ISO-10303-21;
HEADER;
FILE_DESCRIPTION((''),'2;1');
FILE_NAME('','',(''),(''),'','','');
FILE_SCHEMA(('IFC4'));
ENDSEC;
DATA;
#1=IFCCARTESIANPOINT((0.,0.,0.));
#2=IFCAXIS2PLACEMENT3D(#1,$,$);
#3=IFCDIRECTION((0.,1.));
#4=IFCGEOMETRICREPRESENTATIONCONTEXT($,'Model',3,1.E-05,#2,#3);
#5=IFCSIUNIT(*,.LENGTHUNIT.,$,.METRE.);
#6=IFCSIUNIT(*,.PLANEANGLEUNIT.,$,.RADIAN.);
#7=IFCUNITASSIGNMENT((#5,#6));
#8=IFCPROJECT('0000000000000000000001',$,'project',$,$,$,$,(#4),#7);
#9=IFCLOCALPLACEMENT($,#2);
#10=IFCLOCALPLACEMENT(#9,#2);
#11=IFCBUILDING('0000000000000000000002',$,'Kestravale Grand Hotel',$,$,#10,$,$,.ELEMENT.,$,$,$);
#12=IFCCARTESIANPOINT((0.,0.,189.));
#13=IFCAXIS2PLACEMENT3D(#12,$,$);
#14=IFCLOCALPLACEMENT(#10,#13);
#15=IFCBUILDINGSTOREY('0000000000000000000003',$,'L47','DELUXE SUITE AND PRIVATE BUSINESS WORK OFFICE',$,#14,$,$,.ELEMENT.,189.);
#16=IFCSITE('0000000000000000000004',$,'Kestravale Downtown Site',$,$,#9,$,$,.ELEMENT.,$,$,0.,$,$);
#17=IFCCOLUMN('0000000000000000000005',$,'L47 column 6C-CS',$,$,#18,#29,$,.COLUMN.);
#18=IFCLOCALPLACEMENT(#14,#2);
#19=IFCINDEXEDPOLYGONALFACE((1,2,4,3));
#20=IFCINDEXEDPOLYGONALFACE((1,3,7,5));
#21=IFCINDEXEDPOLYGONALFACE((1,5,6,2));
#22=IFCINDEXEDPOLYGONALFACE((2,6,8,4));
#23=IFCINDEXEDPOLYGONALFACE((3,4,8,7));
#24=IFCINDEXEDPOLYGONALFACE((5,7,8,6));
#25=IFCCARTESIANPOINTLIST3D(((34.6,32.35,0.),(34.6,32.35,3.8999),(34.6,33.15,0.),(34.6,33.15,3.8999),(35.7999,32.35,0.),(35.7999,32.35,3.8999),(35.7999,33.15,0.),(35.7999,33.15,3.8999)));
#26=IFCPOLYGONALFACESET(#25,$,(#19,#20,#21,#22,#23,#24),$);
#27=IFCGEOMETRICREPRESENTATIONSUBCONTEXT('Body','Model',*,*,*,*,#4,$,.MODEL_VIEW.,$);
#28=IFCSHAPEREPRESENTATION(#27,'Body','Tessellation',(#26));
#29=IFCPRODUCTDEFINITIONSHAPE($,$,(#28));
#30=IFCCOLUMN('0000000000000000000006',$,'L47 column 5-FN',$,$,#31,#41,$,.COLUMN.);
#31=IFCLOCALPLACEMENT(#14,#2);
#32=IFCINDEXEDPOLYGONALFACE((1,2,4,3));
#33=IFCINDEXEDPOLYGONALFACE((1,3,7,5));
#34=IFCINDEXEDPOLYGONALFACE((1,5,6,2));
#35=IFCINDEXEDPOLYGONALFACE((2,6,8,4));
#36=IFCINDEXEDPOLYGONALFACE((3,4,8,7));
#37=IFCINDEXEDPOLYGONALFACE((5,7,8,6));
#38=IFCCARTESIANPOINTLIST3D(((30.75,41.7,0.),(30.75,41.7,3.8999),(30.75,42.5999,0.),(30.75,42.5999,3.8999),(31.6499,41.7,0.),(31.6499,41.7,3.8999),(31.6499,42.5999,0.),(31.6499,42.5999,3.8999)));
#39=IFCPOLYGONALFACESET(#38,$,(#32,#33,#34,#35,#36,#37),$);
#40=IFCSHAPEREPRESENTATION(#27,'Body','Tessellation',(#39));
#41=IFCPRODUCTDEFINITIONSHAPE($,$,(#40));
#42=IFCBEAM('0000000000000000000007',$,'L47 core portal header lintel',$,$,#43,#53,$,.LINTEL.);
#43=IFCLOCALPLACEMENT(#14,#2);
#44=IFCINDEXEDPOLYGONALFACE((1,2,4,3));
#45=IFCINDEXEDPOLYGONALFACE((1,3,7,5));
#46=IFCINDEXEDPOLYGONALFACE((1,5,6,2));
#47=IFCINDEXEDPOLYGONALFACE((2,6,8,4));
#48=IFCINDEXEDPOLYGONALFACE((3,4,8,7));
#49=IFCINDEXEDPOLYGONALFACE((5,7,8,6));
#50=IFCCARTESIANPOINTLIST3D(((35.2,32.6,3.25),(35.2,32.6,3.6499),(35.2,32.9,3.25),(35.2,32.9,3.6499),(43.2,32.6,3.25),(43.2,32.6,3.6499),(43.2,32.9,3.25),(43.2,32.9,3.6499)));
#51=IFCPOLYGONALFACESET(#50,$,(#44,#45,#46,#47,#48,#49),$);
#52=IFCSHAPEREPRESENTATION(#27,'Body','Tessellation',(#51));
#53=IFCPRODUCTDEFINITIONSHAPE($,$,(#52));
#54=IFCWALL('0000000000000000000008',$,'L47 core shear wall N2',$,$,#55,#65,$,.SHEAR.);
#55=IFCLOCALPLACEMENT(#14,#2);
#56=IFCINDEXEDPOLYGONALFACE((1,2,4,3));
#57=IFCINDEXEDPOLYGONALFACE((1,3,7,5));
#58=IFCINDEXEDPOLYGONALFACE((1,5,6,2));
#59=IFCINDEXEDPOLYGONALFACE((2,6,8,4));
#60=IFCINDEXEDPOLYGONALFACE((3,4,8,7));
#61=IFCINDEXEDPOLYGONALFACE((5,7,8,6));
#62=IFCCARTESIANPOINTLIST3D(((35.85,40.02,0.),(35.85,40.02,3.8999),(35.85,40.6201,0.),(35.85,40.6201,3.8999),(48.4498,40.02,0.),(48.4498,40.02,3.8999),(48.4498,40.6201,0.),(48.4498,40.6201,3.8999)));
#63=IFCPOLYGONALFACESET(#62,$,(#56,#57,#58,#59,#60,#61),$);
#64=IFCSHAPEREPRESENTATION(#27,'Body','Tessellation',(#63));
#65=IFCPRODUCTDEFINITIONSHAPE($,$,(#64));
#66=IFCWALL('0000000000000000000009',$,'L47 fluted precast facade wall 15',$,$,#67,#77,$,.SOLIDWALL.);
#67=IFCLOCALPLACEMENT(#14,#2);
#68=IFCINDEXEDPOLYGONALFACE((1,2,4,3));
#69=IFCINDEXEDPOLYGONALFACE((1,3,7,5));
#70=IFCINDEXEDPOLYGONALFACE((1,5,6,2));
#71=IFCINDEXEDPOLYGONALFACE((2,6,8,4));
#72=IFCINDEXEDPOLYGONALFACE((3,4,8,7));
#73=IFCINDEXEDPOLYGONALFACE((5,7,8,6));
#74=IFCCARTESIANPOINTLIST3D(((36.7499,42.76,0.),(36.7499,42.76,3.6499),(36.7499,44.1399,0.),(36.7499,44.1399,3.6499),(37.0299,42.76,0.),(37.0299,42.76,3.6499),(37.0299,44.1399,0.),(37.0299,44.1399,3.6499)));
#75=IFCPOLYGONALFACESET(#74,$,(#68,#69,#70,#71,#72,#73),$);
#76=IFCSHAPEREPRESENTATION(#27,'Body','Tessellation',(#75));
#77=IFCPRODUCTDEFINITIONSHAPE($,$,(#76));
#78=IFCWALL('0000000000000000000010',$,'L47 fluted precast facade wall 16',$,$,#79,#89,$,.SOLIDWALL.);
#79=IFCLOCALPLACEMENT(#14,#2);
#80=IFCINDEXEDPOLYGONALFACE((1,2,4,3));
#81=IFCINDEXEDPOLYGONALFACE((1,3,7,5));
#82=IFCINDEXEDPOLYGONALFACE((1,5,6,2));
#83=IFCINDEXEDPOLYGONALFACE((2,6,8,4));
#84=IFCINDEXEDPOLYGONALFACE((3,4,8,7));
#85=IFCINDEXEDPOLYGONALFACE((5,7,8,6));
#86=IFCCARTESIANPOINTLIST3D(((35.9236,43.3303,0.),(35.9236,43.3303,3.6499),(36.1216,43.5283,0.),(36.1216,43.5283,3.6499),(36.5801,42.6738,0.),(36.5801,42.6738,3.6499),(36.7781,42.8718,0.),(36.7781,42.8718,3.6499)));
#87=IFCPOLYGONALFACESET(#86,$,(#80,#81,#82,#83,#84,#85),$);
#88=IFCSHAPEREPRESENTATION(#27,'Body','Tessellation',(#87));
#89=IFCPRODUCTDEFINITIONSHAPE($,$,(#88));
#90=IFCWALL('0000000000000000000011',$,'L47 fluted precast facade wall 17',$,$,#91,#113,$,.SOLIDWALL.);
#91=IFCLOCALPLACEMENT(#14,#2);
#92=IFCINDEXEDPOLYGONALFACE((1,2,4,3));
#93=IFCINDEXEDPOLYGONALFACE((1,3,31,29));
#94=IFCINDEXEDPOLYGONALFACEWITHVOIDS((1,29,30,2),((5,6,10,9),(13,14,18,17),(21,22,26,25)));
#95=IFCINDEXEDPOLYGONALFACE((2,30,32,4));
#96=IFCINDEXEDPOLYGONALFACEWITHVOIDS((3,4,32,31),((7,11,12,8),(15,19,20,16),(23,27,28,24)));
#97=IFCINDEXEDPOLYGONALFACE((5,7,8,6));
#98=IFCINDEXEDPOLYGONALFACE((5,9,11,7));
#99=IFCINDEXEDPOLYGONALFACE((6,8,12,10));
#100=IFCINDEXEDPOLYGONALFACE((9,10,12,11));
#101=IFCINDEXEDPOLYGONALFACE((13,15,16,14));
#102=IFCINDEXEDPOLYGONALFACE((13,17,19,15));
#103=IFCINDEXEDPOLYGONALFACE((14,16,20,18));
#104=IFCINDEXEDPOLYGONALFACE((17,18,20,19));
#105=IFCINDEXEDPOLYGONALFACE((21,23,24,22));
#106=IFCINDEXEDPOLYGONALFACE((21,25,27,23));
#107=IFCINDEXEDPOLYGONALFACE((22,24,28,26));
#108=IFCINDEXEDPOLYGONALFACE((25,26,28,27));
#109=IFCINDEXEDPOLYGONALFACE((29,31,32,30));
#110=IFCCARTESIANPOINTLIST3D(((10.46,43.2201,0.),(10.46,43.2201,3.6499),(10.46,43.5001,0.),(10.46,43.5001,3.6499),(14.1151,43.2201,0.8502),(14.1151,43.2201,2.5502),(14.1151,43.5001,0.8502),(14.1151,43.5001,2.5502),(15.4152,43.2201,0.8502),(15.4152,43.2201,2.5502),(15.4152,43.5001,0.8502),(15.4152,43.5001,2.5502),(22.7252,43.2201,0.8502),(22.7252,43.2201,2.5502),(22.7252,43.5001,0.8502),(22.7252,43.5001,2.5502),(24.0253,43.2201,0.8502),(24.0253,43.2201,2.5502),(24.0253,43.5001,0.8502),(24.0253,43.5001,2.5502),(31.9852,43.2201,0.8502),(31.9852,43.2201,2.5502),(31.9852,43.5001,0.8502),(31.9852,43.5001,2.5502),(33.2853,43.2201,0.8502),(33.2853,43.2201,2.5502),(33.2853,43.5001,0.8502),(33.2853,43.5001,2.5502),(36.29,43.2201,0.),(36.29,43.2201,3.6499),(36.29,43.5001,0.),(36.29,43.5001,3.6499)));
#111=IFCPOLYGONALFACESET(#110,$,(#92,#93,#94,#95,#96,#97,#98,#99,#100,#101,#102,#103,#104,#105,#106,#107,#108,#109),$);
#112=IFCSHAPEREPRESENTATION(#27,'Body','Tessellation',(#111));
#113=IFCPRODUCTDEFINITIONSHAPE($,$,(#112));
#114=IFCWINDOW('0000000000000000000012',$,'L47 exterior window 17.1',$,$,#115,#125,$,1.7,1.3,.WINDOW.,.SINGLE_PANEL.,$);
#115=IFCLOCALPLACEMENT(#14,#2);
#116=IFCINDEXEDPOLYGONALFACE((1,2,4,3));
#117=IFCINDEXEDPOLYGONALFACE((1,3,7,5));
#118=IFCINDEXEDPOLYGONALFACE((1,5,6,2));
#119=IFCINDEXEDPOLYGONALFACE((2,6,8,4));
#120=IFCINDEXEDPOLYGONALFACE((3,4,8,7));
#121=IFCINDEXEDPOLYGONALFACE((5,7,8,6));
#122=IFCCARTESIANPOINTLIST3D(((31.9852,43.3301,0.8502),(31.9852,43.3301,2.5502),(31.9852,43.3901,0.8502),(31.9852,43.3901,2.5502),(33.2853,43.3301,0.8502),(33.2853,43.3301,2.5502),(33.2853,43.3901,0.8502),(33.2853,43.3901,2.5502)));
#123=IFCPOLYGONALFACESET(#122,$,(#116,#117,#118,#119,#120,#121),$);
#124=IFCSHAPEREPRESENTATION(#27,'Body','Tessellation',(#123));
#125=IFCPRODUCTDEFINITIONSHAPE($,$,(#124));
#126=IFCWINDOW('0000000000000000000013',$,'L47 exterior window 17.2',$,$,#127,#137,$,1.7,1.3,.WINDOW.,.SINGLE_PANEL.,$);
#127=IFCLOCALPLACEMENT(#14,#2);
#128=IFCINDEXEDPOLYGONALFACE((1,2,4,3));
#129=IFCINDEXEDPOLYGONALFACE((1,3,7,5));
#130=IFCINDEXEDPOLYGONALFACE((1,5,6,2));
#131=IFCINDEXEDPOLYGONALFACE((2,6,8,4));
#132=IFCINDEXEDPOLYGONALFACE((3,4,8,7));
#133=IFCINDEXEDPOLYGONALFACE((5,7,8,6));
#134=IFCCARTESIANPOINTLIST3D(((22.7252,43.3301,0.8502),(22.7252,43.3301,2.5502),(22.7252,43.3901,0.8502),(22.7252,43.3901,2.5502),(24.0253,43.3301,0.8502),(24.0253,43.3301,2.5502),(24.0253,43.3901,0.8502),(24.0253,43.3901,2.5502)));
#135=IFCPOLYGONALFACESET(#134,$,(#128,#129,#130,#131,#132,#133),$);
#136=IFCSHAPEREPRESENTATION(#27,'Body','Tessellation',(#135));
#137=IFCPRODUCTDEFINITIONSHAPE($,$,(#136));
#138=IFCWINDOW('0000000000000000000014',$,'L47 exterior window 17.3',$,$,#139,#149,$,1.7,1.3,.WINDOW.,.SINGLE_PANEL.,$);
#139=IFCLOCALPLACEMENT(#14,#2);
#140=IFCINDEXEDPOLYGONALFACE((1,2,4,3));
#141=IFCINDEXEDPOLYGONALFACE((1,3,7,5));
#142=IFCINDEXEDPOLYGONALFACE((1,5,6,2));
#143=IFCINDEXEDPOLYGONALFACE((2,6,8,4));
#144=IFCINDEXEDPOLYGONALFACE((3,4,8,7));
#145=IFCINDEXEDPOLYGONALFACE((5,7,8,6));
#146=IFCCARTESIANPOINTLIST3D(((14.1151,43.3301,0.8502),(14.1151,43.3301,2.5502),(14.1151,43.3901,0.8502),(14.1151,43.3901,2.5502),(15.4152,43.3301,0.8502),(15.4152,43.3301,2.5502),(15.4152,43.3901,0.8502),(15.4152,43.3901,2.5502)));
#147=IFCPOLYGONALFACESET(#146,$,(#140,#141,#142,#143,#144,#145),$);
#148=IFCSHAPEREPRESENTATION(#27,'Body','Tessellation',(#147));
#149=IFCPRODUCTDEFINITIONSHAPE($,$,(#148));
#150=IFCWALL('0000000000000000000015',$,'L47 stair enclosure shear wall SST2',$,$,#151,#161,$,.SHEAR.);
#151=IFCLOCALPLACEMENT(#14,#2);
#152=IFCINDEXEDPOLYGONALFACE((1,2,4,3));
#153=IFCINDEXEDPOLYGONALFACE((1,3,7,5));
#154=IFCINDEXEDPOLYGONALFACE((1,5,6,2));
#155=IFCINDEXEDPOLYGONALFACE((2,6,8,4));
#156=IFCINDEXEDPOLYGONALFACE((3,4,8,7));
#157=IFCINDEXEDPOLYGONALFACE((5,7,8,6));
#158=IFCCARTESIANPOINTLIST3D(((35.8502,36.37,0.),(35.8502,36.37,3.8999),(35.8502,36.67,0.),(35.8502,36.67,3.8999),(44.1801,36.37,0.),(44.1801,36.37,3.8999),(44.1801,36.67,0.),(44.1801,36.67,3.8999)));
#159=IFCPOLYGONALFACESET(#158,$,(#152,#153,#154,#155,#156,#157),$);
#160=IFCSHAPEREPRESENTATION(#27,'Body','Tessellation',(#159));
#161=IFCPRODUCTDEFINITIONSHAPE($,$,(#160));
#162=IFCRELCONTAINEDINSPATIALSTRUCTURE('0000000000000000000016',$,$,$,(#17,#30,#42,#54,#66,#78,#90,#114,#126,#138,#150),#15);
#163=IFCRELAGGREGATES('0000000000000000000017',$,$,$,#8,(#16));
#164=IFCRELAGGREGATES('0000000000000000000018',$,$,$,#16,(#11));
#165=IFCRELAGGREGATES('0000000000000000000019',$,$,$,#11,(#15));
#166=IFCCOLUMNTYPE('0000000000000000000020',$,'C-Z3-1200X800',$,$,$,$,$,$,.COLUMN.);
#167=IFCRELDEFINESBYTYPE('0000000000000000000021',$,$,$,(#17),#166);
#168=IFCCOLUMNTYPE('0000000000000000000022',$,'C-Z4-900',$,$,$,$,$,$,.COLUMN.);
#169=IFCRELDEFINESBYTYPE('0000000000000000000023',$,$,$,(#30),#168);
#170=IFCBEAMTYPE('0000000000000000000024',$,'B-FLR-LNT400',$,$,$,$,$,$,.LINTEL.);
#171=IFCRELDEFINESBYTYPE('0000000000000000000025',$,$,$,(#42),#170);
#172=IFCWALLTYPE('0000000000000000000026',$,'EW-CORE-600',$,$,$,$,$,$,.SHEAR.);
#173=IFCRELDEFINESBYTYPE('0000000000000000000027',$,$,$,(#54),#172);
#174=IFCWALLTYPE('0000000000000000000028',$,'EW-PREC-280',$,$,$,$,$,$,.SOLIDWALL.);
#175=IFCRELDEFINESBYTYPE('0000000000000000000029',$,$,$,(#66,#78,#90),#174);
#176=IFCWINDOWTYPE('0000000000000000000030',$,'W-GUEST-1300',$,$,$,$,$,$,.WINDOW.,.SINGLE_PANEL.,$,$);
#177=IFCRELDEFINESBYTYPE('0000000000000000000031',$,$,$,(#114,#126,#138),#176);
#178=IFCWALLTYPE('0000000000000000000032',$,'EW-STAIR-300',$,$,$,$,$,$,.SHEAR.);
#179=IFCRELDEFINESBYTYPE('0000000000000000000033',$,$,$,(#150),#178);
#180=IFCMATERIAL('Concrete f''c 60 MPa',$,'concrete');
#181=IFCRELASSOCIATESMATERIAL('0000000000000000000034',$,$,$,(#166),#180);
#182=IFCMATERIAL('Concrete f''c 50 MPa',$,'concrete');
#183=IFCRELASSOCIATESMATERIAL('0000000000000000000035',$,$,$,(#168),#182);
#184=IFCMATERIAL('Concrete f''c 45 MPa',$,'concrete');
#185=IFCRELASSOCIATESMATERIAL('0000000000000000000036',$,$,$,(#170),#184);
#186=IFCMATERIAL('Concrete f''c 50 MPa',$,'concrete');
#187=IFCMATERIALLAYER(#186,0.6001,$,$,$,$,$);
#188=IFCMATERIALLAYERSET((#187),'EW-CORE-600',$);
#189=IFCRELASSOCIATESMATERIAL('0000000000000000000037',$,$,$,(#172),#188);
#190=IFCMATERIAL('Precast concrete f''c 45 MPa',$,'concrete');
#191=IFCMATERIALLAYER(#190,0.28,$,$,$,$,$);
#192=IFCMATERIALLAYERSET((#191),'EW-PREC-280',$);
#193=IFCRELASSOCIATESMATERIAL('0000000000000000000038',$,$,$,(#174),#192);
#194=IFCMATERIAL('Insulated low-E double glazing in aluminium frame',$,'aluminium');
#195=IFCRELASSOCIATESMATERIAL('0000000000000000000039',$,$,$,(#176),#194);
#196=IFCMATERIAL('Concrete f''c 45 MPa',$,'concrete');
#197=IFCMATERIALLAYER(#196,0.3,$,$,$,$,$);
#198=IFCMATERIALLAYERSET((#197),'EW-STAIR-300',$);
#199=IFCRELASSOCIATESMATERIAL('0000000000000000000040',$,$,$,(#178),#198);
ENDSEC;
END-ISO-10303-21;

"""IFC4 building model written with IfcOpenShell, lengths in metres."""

from ifc_helpers import new_model, si_unit, direction, frame, frame_2d, origin, origin_2d, place, context, subcontext, project, spatial, rectangle, extrude, material, layer, layer_set, material_profile, profile_set, type_object, element, fill, save


model = new_model("IFC4")

# Units and contexts
model_context = context("Model", 3, precision=1e-05, world=origin(), true_north=direction((0.0, 1.0)))
body_context = subcontext(model_context, "Body", "Model", "MODEL_VIEW")
ifc_project = project(units=[si_unit("LENGTHUNIT", "METRE"), si_unit("PLANEANGLEUNIT", "RADIAN")], contexts=[model_context])

# Site, building, storey
site_placement = place(None, origin())
site = spatial("IfcSite", under=ifc_project, at=site_placement, Name="Kestravale Downtown Site", CompositionType="ELEMENT", RefElevation=0.0)
building_placement = place(site_placement, origin())
building = spatial("IfcBuilding", under=site, at=building_placement, Name="Kestravale Grand Hotel", CompositionType="ELEMENT")
storey_placement = place(building_placement, frame((0.0, 0.0, 189.0)))
storey = spatial("IfcBuildingStorey", under=building, at=storey_placement, Name="L47", Description="DELUXE SUITE AND PRIVATE BUSINESS WORK OFFICE", CompositionType="ELEMENT", Elevation=189.0)

# Columns
ifc_material_1 = material(Name="Concrete f'c 60 MPa", Category="concrete")
ifc_material_profile_1 = material_profile(ifc_material_1, rectangle(XDim=1.2, YDim=0.8, at=origin_2d()))
ifc_profile_set_1 = profile_set([ifc_material_profile_1], Name="Concrete f'c 60 MPa")
column_type_1 = type_object("IfcColumnType", Name="C-Z3-1200X800", PredefinedType="COLUMN", material=ifc_profile_set_1)
column_1_placement = place(storey_placement, frame((35.2, 32.75, 0.0), z_axis=(0.0, 0.0, 1.0), x_axis=(1.0, 0.0, 0.0)))
element("IfcColumn", 1, at=column_1_placement, inside=storey, type_object=column_type_1, Name="L47 column 6C-CS", PredefinedType="COLUMN", context=body_context, shape_type="SweptSolid", body=[
    extrude(rectangle(XDim=1.2, YDim=0.8, at=origin_2d()), origin(), (0.0, 0.0, 1.0), 3.8999),
])
ifc_material_2 = material(Name="Concrete f'c 50 MPa", Category="concrete")
ifc_material_profile_2 = material_profile(ifc_material_2, rectangle(XDim=0.8999, YDim=0.8999, at=origin_2d()))
ifc_profile_set_2 = profile_set([ifc_material_profile_2], Name="Concrete f'c 50 MPa")
column_type_2 = type_object("IfcColumnType", Name="C-Z4-900", PredefinedType="COLUMN", material=ifc_profile_set_2)
column_2_placement = place(storey_placement, frame((31.2, 42.1499, 0.0), z_axis=(0.0, 0.0, 1.0), x_axis=(1.0, 0.0, 0.0)))
element("IfcColumn", 2, at=column_2_placement, inside=storey, type_object=column_type_2, Name="L47 column 5-FN", PredefinedType="COLUMN", context=body_context, shape_type="SweptSolid", body=[
    extrude(rectangle(XDim=0.8999, YDim=0.8999, at=origin_2d()), origin(), (0.0, 0.0, 1.0), 3.8999),
])

# Beam
ifc_material_3 = material(Name="Concrete f'c 45 MPa", Category="concrete")
ifc_material_profile_3 = material_profile(ifc_material_3, rectangle(XDim=0.3, YDim=0.3999, at=origin_2d()))
ifc_profile_set_3 = profile_set([ifc_material_profile_3], Name="Concrete f'c 45 MPa")
beam_type = type_object("IfcBeamType", Name="B-FLR-LNT400", PredefinedType="LINTEL", material=ifc_profile_set_3)
beam_placement = place(storey_placement, frame((35.2, 32.75, 3.45), z_axis=(1.0, 0.0, 0.0), x_axis=(0.0, 1.0, 0.0)))
element("IfcBeam", 3, at=beam_placement, inside=storey, type_object=beam_type, Name="L47 core portal header lintel", PredefinedType="LINTEL", context=body_context, shape_type="SweptSolid", body=[
    extrude(rectangle(XDim=0.3, YDim=0.3999, at=origin_2d()), origin(), (0.0, 0.0, 1.0), 8.0),
])

# Wall
ifc_material_4 = material(Name="Concrete f'c 50 MPa", Category="concrete")
ifc_layer_1 = layer(ifc_material_4, 0.6001)
ifc_layer_set_1 = layer_set([ifc_layer_1], Name="EW-CORE-600")
wall_type_1 = type_object("IfcWallType", Name="EW-CORE-600", PredefinedType="SHEAR", material=ifc_layer_set_1)
wall_1_placement = place(storey_placement, frame((35.8501, 40.3201, 0.0), z_axis=(0.0, 0.0, 1.0), x_axis=(1.0, 0.0, 0.0)))
element("IfcWall", 4, at=wall_1_placement, inside=storey, type_object=wall_type_1, Name="L47 core shear wall N2", PredefinedType="SHEAR", context=body_context, shape_type="SweptSolid", body=[
    extrude(rectangle(XDim=12.5999, YDim=0.6001, at=frame_2d((6.2998, 0.0))), origin(), (0.0, 0.0, 1.0), 3.8999),
])

# Walls
ifc_material_5 = material(Name="Precast concrete f'c 45 MPa", Category="concrete")
ifc_layer_2 = layer(ifc_material_5, 0.28)
ifc_layer_set_2 = layer_set([ifc_layer_2], Name="EW-PREC-280")
wall_type_2 = type_object("IfcWallType", Name="EW-PREC-280", PredefinedType="SOLIDWALL", material=ifc_layer_set_2)
wall_2_placement = place(storey_placement, frame((36.8899, 44.1399, 0.0), z_axis=(0.0, 0.0, 1.0), x_axis=(0.0, -1.0, 0.0)))
element("IfcWall", 5, at=wall_2_placement, inside=storey, type_object=wall_type_2, Name="L47 fluted precast facade wall 15", PredefinedType="SOLIDWALL", context=body_context, shape_type="SweptSolid", body=[
    extrude(rectangle(XDim=1.3799, YDim=0.28, at=frame_2d((0.6899, 0.0))), origin(), (0.0, 0.0, 1.0), 3.6499),
])
wall_3_placement = place(storey_placement, frame((36.6792, 42.7727, 0.0), z_axis=(0.0, 0.0, 1.0), x_axis=(-0.707107, 0.707107, 0.0)))
element("IfcWall", 6, at=wall_3_placement, inside=storey, type_object=wall_type_2, Name="L47 fluted precast facade wall 16", PredefinedType="SOLIDWALL", context=body_context, shape_type="SweptSolid", body=[
    extrude(rectangle(XDim=0.9285, YDim=0.28, at=frame_2d((0.4644, 0.0))), origin(), (0.0, 0.0, 1.0), 3.6499),
])

# Wall, openings, windows
wall_4_placement = place(storey_placement, frame((36.29, 43.3601, 0.0), z_axis=(0.0, 0.0, 1.0), x_axis=(-1.0, 0.0, 0.0)))
wall_4 = element("IfcWall", 7, at=wall_4_placement, inside=storey, type_object=wall_type_2, Name="L47 fluted precast facade wall 17", PredefinedType="SOLIDWALL", context=body_context, shape_type="SweptSolid", body=[
    extrude(rectangle(XDim=25.8301, YDim=0.28, at=frame_2d((12.915, 0.0))), origin(), (0.0, 0.0, 1.0), 3.6499),
])
opening_1_placement = place(wall_4_placement, frame((3.0049, 0.0, 0.8501)))
opening_1 = element("IfcOpeningElement", 8, at=opening_1_placement, cuts=wall_4, PredefinedType="OPENING", context=body_context, shape_type="SweptSolid", body=[
    extrude(rectangle(XDim=1.3, YDim=1.7, at=frame_2d((0.6499, 0.8501))), frame((0.0, 0.1499, 0.0), z_axis=(0.0, -1.0, 0.0), x_axis=(1.0, 0.0, 0.0)), (0.0, 0.0, 1.0), 0.3),
])
opening_2_placement = place(wall_4_placement, frame((12.2649, 0.0, 0.8501)))
opening_2 = element("IfcOpeningElement", 9, at=opening_2_placement, cuts=wall_4, PredefinedType="OPENING", context=body_context, shape_type="SweptSolid", body=[
    extrude(rectangle(XDim=1.3, YDim=1.7, at=frame_2d((0.6499, 0.8501))), frame((0.0, 0.1499, 0.0), z_axis=(0.0, -1.0, 0.0), x_axis=(1.0, 0.0, 0.0)), (0.0, 0.0, 1.0), 0.3),
])
opening_3_placement = place(wall_4_placement, frame((20.875, 0.0, 0.8501)))
opening_3 = element("IfcOpeningElement", 10, at=opening_3_placement, cuts=wall_4, PredefinedType="OPENING", context=body_context, shape_type="SweptSolid", body=[
    extrude(rectangle(XDim=1.3, YDim=1.7, at=frame_2d((0.6499, 0.8501))), frame((0.0, 0.1499, 0.0), z_axis=(0.0, -1.0, 0.0), x_axis=(1.0, 0.0, 0.0)), (0.0, 0.0, 1.0), 0.3),
])
ifc_material_6 = material(Name="Insulated low-E double glazing in aluminium frame", Category="aluminium")
window_type = type_object("IfcWindowType", Name="W-GUEST-1300", PartitioningType="SINGLE_PANEL", PredefinedType="WINDOW", material=ifc_material_6)
window_1_placement = place(opening_1_placement, origin())
window_1 = element("IfcWindow", 11, at=window_1_placement, inside=storey, type_object=window_type, Name="L47 exterior window 17.1", OverallHeight=1.7, OverallWidth=1.3, PartitioningType="SINGLE_PANEL", PredefinedType="WINDOW", context=body_context, shape_type="SweptSolid", body=[
    extrude(rectangle(XDim=1.3, YDim=1.7, at=frame_2d((0.6499, 0.8501))), frame((0.0, 0.03, 0.0), z_axis=(0.0, -1.0, 0.0), x_axis=(1.0, 0.0, 0.0)), (0.0, 0.0, 1.0), 0.0601),
])
fill(opening_1, window_1)
window_2_placement = place(opening_2_placement, origin())
window_2 = element("IfcWindow", 12, at=window_2_placement, inside=storey, type_object=window_type, Name="L47 exterior window 17.2", OverallHeight=1.7, OverallWidth=1.3, PartitioningType="SINGLE_PANEL", PredefinedType="WINDOW", context=body_context, shape_type="SweptSolid", body=[
    extrude(rectangle(XDim=1.3, YDim=1.7, at=frame_2d((0.6499, 0.8501))), frame((0.0, 0.03, 0.0), z_axis=(0.0, -1.0, 0.0), x_axis=(1.0, 0.0, 0.0)), (0.0, 0.0, 1.0), 0.0601),
])
fill(opening_2, window_2)
window_3_placement = place(opening_3_placement, origin())
window_3 = element("IfcWindow", 13, at=window_3_placement, inside=storey, type_object=window_type, Name="L47 exterior window 17.3", OverallHeight=1.7, OverallWidth=1.3, PartitioningType="SINGLE_PANEL", PredefinedType="WINDOW", context=body_context, shape_type="SweptSolid", body=[
    extrude(rectangle(XDim=1.3, YDim=1.7, at=frame_2d((0.6499, 0.8501))), frame((0.0, 0.03, 0.0), z_axis=(0.0, -1.0, 0.0), x_axis=(1.0, 0.0, 0.0)), (0.0, 0.0, 1.0), 0.0601),
])
fill(opening_3, window_3)

# Wall
ifc_material_7 = material(Name="Concrete f'c 45 MPa", Category="concrete")
ifc_layer_3 = layer(ifc_material_7, 0.3)
ifc_layer_set_3 = layer_set([ifc_layer_3], Name="EW-STAIR-300")
wall_type_3 = type_object("IfcWallType", Name="EW-STAIR-300", PredefinedType="SHEAR", material=ifc_layer_set_3)
wall_5_placement = place(storey_placement, frame((35.8501, 36.52, 0.0), z_axis=(0.0, 0.0, 1.0), x_axis=(1.0, 0.0, 0.0)))
element("IfcWall", 14, at=wall_5_placement, inside=storey, type_object=wall_type_3, Name="L47 stair enclosure shear wall SST2", PredefinedType="SHEAR", context=body_context, shape_type="SweptSolid", body=[
    extrude(rectangle(XDim=8.3298, YDim=0.3, at=frame_2d((4.165, 0.0))), origin(), (0.0, 0.0, 1.0), 3.8999),
])

save(model, "model.ifc")
